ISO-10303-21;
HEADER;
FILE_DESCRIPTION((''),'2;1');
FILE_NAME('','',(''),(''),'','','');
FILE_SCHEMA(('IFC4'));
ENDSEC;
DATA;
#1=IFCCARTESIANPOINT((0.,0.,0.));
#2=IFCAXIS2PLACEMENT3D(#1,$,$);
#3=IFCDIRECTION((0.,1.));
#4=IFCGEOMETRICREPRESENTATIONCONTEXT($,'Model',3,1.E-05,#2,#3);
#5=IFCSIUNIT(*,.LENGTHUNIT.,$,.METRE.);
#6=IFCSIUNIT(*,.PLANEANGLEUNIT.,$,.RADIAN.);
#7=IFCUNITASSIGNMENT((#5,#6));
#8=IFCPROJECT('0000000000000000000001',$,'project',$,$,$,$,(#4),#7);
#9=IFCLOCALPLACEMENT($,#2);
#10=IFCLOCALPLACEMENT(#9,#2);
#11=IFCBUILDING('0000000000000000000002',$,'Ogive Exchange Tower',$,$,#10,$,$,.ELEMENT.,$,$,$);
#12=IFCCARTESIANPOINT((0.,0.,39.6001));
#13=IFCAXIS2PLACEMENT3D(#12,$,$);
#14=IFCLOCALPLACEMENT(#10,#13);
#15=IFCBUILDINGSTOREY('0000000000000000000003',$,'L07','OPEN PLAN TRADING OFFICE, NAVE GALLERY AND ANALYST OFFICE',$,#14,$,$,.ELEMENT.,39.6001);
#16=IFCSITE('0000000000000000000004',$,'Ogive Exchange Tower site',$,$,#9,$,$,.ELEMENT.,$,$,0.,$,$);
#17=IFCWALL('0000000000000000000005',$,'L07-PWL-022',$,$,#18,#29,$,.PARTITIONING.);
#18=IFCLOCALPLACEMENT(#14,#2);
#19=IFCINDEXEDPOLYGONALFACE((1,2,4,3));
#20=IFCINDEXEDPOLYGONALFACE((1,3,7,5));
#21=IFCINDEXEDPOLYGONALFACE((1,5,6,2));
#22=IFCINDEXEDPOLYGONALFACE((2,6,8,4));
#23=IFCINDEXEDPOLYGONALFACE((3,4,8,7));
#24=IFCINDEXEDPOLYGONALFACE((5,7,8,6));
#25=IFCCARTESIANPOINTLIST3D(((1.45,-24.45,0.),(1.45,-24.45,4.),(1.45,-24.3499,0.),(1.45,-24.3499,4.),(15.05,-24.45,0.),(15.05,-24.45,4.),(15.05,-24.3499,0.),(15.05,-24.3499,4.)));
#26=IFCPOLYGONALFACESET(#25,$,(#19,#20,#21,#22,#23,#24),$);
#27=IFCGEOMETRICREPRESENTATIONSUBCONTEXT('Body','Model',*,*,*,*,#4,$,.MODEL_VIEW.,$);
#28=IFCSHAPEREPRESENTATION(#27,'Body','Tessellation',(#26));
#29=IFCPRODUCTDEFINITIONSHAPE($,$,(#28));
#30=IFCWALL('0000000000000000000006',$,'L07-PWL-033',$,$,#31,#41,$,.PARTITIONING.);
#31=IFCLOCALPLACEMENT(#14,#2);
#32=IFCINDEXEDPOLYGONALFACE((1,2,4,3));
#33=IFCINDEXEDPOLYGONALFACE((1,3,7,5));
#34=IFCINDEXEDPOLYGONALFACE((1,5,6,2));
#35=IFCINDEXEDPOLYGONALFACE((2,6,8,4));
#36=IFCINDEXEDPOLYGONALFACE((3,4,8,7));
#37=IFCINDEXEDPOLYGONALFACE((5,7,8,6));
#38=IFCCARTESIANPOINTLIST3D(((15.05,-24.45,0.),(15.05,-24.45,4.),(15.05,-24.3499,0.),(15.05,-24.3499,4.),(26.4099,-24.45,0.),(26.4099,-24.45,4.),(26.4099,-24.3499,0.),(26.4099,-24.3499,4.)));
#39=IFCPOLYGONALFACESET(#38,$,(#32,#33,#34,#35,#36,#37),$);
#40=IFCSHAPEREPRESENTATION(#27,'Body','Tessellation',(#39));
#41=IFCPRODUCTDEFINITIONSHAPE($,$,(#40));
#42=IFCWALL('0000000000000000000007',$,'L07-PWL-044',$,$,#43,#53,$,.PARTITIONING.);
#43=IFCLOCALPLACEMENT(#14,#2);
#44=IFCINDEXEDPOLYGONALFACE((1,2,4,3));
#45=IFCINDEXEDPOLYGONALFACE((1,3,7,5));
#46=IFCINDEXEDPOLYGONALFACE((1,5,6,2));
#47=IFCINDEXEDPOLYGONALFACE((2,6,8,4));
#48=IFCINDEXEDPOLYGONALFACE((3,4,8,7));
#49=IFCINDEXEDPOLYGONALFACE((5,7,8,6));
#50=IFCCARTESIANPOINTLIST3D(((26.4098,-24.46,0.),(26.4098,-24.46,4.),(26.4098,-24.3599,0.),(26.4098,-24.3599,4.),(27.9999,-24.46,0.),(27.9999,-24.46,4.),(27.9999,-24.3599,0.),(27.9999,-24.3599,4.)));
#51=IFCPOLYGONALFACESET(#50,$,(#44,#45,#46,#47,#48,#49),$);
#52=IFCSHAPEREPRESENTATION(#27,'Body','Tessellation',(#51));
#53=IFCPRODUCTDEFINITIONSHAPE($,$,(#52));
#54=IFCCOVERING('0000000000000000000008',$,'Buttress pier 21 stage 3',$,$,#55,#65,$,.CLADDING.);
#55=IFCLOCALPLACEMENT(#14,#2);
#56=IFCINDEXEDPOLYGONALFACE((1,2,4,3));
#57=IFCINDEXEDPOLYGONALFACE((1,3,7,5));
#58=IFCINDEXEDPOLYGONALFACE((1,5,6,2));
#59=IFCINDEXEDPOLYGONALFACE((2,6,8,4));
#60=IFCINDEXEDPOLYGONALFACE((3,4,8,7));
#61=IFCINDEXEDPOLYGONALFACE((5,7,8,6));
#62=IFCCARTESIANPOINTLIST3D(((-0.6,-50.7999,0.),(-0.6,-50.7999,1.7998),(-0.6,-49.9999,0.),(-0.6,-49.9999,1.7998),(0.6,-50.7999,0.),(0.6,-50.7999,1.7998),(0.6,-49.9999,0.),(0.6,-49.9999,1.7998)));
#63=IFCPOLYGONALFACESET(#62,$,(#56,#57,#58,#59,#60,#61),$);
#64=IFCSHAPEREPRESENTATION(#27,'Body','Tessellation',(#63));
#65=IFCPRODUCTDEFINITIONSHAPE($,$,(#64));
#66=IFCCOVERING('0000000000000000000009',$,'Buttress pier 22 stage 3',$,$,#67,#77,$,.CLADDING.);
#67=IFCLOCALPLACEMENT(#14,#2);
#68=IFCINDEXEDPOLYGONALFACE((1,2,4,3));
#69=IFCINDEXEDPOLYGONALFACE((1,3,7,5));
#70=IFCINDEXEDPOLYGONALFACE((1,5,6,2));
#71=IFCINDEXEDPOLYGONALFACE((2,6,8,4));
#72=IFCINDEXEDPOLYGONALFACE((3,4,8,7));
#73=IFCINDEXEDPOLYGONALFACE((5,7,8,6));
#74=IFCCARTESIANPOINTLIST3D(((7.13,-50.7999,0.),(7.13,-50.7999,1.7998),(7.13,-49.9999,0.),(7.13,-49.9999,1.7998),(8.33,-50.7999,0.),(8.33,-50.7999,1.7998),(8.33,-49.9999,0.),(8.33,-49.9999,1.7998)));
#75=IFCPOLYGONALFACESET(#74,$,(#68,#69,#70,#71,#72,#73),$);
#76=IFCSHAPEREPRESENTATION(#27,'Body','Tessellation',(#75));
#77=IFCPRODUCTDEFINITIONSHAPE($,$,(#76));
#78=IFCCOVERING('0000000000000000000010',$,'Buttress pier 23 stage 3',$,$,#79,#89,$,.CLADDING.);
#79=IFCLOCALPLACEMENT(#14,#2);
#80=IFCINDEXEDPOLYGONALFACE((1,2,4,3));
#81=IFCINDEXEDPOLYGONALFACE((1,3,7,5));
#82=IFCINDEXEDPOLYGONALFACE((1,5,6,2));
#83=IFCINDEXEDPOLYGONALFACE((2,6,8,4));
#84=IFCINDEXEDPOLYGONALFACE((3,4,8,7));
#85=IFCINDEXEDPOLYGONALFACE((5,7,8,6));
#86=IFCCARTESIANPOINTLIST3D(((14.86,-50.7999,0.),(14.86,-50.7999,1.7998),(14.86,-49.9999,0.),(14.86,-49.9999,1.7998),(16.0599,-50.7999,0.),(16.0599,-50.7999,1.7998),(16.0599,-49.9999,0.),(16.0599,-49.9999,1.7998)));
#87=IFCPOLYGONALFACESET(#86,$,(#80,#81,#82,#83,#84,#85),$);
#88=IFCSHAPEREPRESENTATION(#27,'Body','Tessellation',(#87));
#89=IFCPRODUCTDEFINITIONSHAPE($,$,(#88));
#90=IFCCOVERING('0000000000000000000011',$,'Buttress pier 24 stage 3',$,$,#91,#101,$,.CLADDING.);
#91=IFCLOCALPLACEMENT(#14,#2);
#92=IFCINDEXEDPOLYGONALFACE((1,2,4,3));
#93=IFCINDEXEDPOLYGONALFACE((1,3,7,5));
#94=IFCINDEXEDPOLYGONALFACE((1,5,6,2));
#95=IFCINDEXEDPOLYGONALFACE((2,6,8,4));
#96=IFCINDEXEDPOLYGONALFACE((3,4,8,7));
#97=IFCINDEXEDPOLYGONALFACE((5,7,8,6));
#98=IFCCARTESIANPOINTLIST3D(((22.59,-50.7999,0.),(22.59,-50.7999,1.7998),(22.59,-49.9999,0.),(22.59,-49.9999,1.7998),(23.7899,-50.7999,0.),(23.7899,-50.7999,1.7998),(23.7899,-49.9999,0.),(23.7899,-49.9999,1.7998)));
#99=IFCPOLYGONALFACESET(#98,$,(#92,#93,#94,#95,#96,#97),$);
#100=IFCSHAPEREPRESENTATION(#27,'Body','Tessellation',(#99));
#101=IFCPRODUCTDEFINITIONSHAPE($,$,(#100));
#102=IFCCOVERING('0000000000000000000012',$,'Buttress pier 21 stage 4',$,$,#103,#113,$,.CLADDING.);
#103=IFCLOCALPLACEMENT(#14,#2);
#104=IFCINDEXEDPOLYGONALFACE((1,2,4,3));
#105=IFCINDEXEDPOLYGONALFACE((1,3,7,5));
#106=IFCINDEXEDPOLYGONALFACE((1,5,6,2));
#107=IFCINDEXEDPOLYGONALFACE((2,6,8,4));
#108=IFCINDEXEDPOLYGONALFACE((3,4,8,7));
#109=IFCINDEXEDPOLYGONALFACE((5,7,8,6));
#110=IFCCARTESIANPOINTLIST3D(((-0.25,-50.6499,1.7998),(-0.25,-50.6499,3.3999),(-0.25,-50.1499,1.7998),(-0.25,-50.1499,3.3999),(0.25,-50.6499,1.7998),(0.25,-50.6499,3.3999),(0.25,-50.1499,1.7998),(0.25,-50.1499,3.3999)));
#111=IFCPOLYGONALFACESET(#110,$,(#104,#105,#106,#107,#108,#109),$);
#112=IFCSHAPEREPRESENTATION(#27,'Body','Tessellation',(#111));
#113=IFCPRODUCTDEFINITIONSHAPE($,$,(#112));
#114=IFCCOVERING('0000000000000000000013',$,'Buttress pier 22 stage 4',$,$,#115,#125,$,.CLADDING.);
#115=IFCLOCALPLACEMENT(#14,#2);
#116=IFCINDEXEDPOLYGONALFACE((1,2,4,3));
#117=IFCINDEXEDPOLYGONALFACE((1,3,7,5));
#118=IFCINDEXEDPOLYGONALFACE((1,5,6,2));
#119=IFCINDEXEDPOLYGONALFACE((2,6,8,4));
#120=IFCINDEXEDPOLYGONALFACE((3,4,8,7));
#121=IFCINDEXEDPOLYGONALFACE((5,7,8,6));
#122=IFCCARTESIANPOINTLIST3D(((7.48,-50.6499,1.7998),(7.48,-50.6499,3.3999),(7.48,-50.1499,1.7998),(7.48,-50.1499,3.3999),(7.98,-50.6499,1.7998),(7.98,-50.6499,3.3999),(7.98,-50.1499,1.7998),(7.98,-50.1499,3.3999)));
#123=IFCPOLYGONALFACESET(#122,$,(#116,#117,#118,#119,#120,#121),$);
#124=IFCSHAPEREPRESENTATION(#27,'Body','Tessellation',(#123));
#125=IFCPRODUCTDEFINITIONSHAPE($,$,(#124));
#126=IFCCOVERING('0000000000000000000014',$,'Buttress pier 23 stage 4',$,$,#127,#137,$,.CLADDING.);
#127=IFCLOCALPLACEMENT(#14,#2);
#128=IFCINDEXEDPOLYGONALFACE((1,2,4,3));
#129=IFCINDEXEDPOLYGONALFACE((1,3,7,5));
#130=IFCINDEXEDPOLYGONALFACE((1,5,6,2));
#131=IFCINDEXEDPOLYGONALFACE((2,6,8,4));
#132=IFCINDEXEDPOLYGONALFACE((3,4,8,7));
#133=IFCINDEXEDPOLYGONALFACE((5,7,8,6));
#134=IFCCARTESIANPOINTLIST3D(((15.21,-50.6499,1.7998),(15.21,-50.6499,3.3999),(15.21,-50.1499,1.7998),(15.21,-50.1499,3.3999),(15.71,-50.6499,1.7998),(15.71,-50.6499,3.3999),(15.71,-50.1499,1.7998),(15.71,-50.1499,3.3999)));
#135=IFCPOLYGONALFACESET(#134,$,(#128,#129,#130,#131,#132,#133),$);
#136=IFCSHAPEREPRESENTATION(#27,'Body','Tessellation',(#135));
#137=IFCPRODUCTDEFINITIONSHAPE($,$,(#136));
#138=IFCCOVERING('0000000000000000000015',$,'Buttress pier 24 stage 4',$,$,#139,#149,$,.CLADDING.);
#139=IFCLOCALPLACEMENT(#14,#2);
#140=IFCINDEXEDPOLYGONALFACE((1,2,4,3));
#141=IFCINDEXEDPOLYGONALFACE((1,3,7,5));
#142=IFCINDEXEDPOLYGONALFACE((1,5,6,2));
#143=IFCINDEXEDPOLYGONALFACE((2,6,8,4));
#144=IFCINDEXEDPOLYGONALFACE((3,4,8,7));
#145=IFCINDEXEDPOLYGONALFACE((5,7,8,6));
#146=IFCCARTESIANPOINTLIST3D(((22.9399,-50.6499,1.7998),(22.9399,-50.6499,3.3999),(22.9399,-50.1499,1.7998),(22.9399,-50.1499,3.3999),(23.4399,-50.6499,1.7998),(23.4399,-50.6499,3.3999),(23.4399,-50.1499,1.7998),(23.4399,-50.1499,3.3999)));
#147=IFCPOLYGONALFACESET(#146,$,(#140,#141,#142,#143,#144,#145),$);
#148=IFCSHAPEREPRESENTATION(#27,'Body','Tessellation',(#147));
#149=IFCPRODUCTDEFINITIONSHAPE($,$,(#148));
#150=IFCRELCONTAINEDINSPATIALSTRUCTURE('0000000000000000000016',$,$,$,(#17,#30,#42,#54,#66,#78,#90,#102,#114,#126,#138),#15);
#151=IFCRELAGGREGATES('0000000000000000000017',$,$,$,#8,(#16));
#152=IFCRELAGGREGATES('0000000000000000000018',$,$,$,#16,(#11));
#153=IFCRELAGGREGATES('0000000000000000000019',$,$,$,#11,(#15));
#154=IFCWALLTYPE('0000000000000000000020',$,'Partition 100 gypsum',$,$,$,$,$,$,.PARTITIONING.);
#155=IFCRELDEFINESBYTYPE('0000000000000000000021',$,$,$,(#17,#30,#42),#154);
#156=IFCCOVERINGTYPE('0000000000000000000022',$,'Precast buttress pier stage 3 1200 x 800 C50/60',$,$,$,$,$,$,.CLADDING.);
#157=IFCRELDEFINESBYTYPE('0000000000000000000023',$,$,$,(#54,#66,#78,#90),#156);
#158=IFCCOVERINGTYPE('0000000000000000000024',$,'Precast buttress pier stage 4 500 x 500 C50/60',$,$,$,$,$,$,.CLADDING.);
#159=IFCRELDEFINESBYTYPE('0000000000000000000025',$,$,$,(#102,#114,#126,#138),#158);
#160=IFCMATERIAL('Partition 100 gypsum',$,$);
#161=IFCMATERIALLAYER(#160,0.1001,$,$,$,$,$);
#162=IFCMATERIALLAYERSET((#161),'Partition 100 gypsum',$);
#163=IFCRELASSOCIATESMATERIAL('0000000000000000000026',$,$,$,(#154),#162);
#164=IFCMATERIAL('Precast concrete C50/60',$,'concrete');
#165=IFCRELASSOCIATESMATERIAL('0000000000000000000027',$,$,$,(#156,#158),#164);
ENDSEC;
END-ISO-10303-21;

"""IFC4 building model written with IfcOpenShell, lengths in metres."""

from ifc_helpers import new_model, si_unit, direction, frame, frame_2d, origin, origin_2d, place, context, subcontext, project, spatial, rectangle, extrude, material, layer, layer_set, material_profile, profile_set, type_object, element, save


model = new_model("IFC4")

# Units and contexts
model_context = context("Model", 3, precision=1e-05, world=origin(), true_north=direction((0.0, 1.0)))
body_context = subcontext(model_context, "Body", "Model", "MODEL_VIEW")
ifc_project = project(units=[si_unit("LENGTHUNIT", "METRE"), si_unit("PLANEANGLEUNIT", "RADIAN")], contexts=[model_context])

# Site, building, storey
site_placement = place(None, origin())
site = spatial("IfcSite", under=ifc_project, at=site_placement, Name="Ogive Exchange Tower site", CompositionType="ELEMENT", RefElevation=0.0)
building_placement = place(site_placement, origin())
building = spatial("IfcBuilding", under=site, at=building_placement, Name="Ogive Exchange Tower", CompositionType="ELEMENT")
storey_placement = place(building_placement, frame((0.0, 0.0, 39.6001)))
storey = spatial("IfcBuildingStorey", under=building, at=storey_placement, Name="L07", Description="OPEN PLAN TRADING OFFICE, NAVE GALLERY AND ANALYST OFFICE", CompositionType="ELEMENT", Elevation=39.6001)

# Walls
ifc_material_1 = material(Name="Partition 100 gypsum")
ifc_layer = layer(ifc_material_1, 0.1001)
ifc_layer_set = layer_set([ifc_layer], Name="Partition 100 gypsum")
wall_type = type_object("IfcWallType", Name="Partition 100 gypsum", PredefinedType="PARTITIONING", material=ifc_layer_set)
wall_1_placement = place(storey_placement, frame((1.45, -24.3999, 0.0), z_axis=(0.0, 0.0, 1.0), x_axis=(1.0, 0.0, 0.0)))
element("IfcWall", 1, at=wall_1_placement, inside=storey, type_object=wall_type, Name="L07-PWL-022", PredefinedType="PARTITIONING", context=body_context, shape_type="SweptSolid", body=[
    extrude(rectangle(XDim=13.6001, YDim=0.1001, at=frame_2d((6.8, 0.0))), origin(), (0.0, 0.0, 1.0), 4.0),
])
wall_2_placement = place(storey_placement, frame((15.05, -24.3999, 0.0), z_axis=(0.0, 0.0, 1.0), x_axis=(1.0, 0.0, 0.0)))
element("IfcWall", 2, at=wall_2_placement, inside=storey, type_object=wall_type, Name="L07-PWL-033", PredefinedType="PARTITIONING", context=body_context, shape_type="SweptSolid", body=[
    extrude(rectangle(XDim=11.3599, YDim=0.1001, at=frame_2d((5.6799, 0.0))), origin(), (0.0, 0.0, 1.0), 4.0),
])
wall_3_placement = place(storey_placement, frame((26.4099, -24.4099, 0.0), z_axis=(0.0, 0.0, 1.0), x_axis=(1.0, 0.0, 0.0)))
element("IfcWall", 3, at=wall_3_placement, inside=storey, type_object=wall_type, Name="L07-PWL-044", PredefinedType="PARTITIONING", context=body_context, shape_type="SweptSolid", body=[
    extrude(rectangle(XDim=1.5901, YDim=0.1001, at=frame_2d((0.7949, 0.0))), origin(), (0.0, 0.0, 1.0), 4.0),
])

# Coverings
ifc_material_2 = material(Name="Precast concrete C50/60", Category="concrete")
ifc_material_profile_1 = material_profile(ifc_material_2, rectangle(XDim=1.2, YDim=0.8, at=origin_2d()), Name="BUTTRESS PIER 3 1200 x 800")
ifc_profile_set_1 = profile_set([ifc_material_profile_1], Name="Precast concrete C50/60")
covering_type_1 = type_object("IfcCoveringType", Name="Precast buttress pier stage 3 1200 x 800 C50/60", PredefinedType="CLADDING", material=ifc_profile_set_1)
for number, where, z_axis, x_axis, name in (
    (4, (0.0, -50.3999, 0.0), (0.0, 0.0, 1.0), (1.0, 0.0, 0.0), "Buttress pier 21 stage 3"),
    (5, (7.73, -50.3999, 0.0), (0.0, 0.0, 1.0), (1.0, 0.0, 0.0), "Buttress pier 22 stage 3"),
    (6, (15.46, -50.3999, 0.0), (0.0, 0.0, 1.0), (1.0, 0.0, 0.0), "Buttress pier 23 stage 3"),
    (7, (23.1899, -50.3999, 0.0), (0.0, 0.0, 1.0), (1.0, 0.0, 0.0), "Buttress pier 24 stage 3"),
):
    element("IfcCovering", number, at=place(storey_placement, frame(where, z_axis=z_axis, x_axis=x_axis)), inside=storey, type_object=covering_type_1, Name=name, PredefinedType="CLADDING", context=body_context, shape_type="SweptSolid", body=[
        extrude(rectangle(XDim=1.2, YDim=0.8, at=origin_2d()), origin(), (0.0, 0.0, 1.0), 1.7998),
    ])
ifc_material_profile_2 = material_profile(ifc_material_2, rectangle(XDim=0.5, YDim=0.5, at=origin_2d()), Name="BUTTRESS PIER 4 500 x 500")
ifc_profile_set_2 = profile_set([ifc_material_profile_2], Name="Precast concrete C50/60")
covering_type_2 = type_object("IfcCoveringType", Name="Precast buttress pier stage 4 500 x 500 C50/60", PredefinedType="CLADDING", material=ifc_profile_set_2)
for number, where, z_axis, x_axis, name in (
    (8, (0.0, -50.3999, 1.7998), (0.0, 0.0, 1.0), (1.0, 0.0, 0.0), "Buttress pier 21 stage 4"),
    (9, (7.73, -50.3999, 1.7998), (0.0, 0.0, 1.0), (1.0, 0.0, 0.0), "Buttress pier 22 stage 4"),
    (10, (15.46, -50.3999, 1.7998), (0.0, 0.0, 1.0), (1.0, 0.0, 0.0), "Buttress pier 23 stage 4"),
    (11, (23.1899, -50.3999, 1.7998), (0.0, 0.0, 1.0), (1.0, 0.0, 0.0), "Buttress pier 24 stage 4"),
):
    element("IfcCovering", number, at=place(storey_placement, frame(where, z_axis=z_axis, x_axis=x_axis)), inside=storey, type_object=covering_type_2, Name=name, PredefinedType="CLADDING", context=body_context, shape_type="SweptSolid", body=[
        extrude(rectangle(XDim=0.5, YDim=0.5, at=origin_2d()), origin(), (0.0, 0.0, 1.0), 1.6001),
    ])

save(model, "model.ifc")
